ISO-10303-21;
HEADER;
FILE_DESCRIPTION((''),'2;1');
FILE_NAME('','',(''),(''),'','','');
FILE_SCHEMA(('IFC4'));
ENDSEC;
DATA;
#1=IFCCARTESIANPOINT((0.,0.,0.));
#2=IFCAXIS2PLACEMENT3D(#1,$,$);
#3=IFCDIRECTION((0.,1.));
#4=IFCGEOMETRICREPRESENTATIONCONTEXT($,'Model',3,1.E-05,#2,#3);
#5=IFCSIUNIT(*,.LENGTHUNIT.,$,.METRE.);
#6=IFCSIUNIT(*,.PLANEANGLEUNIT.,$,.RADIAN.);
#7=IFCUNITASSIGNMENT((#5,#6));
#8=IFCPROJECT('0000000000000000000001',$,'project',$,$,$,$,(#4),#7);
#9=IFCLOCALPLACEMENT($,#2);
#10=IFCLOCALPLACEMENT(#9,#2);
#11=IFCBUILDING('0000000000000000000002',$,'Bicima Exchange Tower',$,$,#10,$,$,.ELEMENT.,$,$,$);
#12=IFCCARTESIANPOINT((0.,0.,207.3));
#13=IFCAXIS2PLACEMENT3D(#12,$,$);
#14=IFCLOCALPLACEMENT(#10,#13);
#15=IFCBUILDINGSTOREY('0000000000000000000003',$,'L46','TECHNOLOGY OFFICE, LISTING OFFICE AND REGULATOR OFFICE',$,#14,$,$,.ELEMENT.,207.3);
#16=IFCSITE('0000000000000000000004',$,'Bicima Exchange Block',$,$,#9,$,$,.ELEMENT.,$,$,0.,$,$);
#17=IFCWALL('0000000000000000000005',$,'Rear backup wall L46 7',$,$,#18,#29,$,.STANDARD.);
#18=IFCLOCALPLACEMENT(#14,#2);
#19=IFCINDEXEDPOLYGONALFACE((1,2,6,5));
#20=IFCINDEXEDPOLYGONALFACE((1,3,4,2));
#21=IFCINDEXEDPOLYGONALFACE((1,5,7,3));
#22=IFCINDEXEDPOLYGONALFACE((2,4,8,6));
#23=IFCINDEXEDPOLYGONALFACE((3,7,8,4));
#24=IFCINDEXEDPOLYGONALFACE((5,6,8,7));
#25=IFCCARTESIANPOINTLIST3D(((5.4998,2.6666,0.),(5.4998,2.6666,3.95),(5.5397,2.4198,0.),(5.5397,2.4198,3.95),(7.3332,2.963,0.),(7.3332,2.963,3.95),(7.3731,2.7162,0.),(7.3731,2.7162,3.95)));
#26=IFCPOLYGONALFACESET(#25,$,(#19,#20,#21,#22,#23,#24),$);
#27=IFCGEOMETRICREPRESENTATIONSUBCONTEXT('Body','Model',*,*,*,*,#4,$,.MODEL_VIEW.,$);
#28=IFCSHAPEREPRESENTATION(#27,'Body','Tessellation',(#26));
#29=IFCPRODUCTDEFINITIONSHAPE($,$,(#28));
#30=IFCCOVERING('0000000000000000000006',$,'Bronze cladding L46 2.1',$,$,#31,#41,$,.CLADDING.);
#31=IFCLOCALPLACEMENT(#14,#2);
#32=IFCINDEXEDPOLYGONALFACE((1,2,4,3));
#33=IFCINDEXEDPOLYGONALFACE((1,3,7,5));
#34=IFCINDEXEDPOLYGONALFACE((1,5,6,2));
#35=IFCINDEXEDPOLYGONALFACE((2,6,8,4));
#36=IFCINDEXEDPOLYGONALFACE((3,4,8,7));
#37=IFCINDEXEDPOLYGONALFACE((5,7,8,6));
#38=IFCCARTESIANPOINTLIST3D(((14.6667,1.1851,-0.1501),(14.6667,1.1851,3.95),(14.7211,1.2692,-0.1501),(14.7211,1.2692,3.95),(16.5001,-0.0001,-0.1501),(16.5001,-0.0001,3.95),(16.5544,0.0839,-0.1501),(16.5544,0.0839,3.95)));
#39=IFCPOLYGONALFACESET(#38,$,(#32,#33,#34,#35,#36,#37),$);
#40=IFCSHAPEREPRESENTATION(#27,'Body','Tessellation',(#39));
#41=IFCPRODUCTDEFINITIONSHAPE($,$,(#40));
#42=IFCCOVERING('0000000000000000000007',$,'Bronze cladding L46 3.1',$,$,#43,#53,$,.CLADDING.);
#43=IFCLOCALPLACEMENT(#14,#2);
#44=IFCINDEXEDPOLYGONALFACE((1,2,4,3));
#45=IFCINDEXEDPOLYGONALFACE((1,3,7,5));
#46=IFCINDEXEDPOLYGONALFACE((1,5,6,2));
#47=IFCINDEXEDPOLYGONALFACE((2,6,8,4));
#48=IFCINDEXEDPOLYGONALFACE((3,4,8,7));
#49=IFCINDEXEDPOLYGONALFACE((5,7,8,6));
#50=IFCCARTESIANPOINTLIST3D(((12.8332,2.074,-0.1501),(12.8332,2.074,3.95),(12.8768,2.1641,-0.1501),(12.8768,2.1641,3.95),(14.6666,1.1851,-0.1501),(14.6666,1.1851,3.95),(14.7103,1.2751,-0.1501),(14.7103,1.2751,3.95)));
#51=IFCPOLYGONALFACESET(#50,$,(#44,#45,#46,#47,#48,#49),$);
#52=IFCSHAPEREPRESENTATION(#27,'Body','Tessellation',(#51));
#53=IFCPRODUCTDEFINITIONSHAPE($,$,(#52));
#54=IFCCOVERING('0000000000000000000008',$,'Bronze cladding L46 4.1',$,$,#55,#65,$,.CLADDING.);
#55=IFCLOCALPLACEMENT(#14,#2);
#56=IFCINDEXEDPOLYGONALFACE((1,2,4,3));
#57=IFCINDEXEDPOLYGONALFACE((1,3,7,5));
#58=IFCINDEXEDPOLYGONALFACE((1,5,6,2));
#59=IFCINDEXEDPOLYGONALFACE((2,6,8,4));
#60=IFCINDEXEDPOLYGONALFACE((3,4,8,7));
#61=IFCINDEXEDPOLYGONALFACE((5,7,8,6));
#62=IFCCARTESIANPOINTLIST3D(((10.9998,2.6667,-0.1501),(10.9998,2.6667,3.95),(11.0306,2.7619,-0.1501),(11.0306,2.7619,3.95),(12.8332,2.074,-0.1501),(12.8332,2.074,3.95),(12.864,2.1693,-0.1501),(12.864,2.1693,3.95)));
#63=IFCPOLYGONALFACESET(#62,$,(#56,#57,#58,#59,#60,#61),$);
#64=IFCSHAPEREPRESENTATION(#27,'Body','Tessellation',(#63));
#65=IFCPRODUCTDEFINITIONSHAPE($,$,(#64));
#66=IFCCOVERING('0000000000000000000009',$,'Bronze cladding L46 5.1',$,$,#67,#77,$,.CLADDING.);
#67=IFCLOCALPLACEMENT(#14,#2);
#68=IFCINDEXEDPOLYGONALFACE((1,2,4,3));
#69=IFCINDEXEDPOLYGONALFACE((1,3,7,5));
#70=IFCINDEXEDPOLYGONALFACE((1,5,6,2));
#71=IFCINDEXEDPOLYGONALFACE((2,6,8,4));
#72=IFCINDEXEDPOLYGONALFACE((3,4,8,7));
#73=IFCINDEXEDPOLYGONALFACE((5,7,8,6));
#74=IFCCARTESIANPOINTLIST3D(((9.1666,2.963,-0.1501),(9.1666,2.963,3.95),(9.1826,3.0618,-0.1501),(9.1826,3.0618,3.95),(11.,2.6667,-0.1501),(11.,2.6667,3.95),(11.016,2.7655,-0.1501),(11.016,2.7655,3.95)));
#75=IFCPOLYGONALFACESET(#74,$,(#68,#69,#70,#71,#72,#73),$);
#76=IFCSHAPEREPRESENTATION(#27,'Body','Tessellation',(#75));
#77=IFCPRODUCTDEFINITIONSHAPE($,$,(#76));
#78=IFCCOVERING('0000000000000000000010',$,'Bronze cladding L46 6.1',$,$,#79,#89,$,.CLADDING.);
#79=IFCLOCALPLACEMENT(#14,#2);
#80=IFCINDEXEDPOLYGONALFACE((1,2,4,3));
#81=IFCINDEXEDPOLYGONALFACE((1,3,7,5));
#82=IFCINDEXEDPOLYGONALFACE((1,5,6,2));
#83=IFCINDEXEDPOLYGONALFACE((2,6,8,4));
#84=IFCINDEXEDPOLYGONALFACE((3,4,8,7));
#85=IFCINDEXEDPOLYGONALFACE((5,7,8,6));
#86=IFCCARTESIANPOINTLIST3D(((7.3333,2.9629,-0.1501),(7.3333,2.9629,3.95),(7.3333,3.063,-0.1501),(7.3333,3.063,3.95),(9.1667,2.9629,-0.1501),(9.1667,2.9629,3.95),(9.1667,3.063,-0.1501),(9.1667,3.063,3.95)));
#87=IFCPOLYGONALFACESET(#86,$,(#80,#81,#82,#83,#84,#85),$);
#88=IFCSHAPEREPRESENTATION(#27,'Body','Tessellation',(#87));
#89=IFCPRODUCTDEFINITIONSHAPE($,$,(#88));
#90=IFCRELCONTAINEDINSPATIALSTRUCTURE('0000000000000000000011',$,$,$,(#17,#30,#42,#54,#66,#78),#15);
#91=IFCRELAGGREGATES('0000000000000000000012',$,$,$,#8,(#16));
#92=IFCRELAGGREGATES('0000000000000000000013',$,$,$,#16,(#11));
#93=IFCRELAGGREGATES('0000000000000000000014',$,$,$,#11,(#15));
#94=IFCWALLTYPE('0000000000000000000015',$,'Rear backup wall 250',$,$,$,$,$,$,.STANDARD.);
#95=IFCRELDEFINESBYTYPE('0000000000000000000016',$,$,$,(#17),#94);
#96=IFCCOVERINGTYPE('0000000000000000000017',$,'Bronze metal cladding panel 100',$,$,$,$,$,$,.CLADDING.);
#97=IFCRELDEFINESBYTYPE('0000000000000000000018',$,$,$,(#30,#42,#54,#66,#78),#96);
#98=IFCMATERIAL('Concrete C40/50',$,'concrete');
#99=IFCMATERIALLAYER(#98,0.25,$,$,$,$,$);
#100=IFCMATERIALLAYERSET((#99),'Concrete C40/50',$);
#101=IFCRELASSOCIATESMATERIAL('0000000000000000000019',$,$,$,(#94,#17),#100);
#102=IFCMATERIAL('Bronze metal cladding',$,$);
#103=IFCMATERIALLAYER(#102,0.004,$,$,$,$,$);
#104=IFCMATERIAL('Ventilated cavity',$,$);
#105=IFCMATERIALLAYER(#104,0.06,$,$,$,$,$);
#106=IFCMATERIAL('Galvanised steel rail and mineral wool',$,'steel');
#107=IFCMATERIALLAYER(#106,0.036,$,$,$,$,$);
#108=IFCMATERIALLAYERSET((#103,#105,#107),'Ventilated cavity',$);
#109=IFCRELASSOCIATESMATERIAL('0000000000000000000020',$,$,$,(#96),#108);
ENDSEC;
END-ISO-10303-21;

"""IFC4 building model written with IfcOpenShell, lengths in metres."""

from ifc_helpers import new_model, si_unit, direction, frame, frame_2d, origin, origin_2d, place, context, subcontext, project, spatial, rectangle, extrude, material, layer, layer_set, layer_usage, type_object, element, save


model = new_model("IFC4")

# Units and contexts
model_context = context("Model", 3, precision=1e-05, world=origin(), true_north=direction((0.0, 1.0)))
body_context = subcontext(model_context, "Body", "Model", "MODEL_VIEW")
ifc_project = project(units=[si_unit("LENGTHUNIT", "METRE"), si_unit("PLANEANGLEUNIT", "RADIAN")], contexts=[model_context])

# Site, building, storey
site_placement = place(None, origin())
site = spatial("IfcSite", under=ifc_project, at=site_placement, Name="Bicima Exchange Block", CompositionType="ELEMENT", RefElevation=0.0)
building_placement = place(site_placement, origin())
building = spatial("IfcBuilding", under=site, at=building_placement, Name="Bicima Exchange Tower", CompositionType="ELEMENT")
storey_placement = place(building_placement, frame((0.0, 0.0, 207.3)))
storey = spatial("IfcBuildingStorey", under=building, at=storey_placement, Name="L46", Description="TECHNOLOGY OFFICE, LISTING OFFICE AND REGULATOR OFFICE", CompositionType="ELEMENT", Elevation=207.3)

# Wall
ifc_material_1 = material(Name="Concrete C40/50", Category="concrete")
ifc_layer_1 = layer(ifc_material_1, 0.25)
ifc_layer_set_1 = layer_set([ifc_layer_1], Name="Concrete C40/50")
ifc_layer_usage = layer_usage(ifc_layer_set_1, "AXIS2", "POSITIVE", -0.125)
wall_type_1 = type_object("IfcWallType", Name="Rear backup wall 250", PredefinedType="STANDARD", material=ifc_layer_set_1)
wall_1_placement = place(storey_placement, frame((7.3533, 2.8396, 0.0), z_axis=(0.0, 0.0, 1.0), x_axis=(-0.987182, -0.1596, 0.0)))
element("IfcWall", 1, at=wall_1_placement, inside=storey, type_object=wall_type_1, material=ifc_layer_usage, Name="Rear backup wall L46 7", PredefinedType="STANDARD", context=body_context, shape_type="SweptSolid", body=[
    extrude(rectangle(XDim=1.8572, YDim=0.25, at=frame_2d((0.9287, 0.0))), origin(), (0.0, 0.0, 1.0), 3.95),
])

# Coverings
ifc_material_2 = material(Name="Bronze metal cladding")
ifc_layer_2 = layer(ifc_material_2, 0.004)
ifc_material_3 = material(Name="Ventilated cavity")
ifc_layer_3 = layer(ifc_material_3, 0.06)
ifc_material_4 = material(Name="Galvanised steel rail and mineral wool", Category="steel")
ifc_layer_4 = layer(ifc_material_4, 0.036)
ifc_layer_set_2 = layer_set([ifc_layer_2, ifc_layer_3, ifc_layer_4], Name="Ventilated cavity")
covering_type = type_object("IfcCoveringType", Name="Bronze metal cladding panel 100", PredefinedType="CLADDING", material=ifc_layer_set_2)
covering_1_placement = place(storey_placement, frame((15.6106, 0.6345, -0.1501), z_axis=(0.0, 0.0, 1.0), x_axis=(-0.83979, 0.542911, 0.0)))
element("IfcCovering", 2, at=covering_1_placement, inside=storey, type_object=covering_type, Name="Bronze cladding L46 2.1", PredefinedType="CLADDING", context=body_context, shape_type="SweptSolid", body=[
    extrude(rectangle(XDim=2.1831, YDim=0.1001, at=origin_2d()), origin(), (0.0, 0.0, 1.0), 4.1001),
])
covering_2_placement = place(storey_placement, frame((13.7717, 1.6746, -0.1501), z_axis=(0.0, 0.0, 1.0), x_axis=(-0.899818, 0.436265, 0.0)))
element("IfcCovering", 3, at=covering_2_placement, inside=storey, type_object=covering_type, Name="Bronze cladding L46 3.1", PredefinedType="CLADDING", context=body_context, shape_type="SweptSolid", body=[
    extrude(rectangle(XDim=2.0376, YDim=0.1001, at=origin_2d()), origin(), (0.0, 0.0, 1.0), 4.1001),
])
covering_3_placement = place(storey_placement, frame((11.9319, 2.418, -0.1501), z_axis=(0.0, 0.0, 1.0), x_axis=(-0.951525, 0.307573, 0.0)))
element("IfcCovering", 4, at=covering_3_placement, inside=storey, type_object=covering_type, Name="Bronze cladding L46 4.1", PredefinedType="CLADDING", context=body_context, shape_type="SweptSolid", body=[
    extrude(rectangle(XDim=1.9268, YDim=0.1001, at=origin_2d()), origin(), (0.0, 0.0, 1.0), 4.1001),
])
covering_4_placement = place(storey_placement, frame((10.0913, 2.8643, -0.1501), z_axis=(0.0, 0.0, 1.0), x_axis=(-0.98719, 0.15955, 0.0)))
element("IfcCovering", 5, at=covering_4_placement, inside=storey, type_object=covering_type, Name="Bronze cladding L46 5.1", PredefinedType="CLADDING", context=body_context, shape_type="SweptSolid", body=[
    extrude(rectangle(XDim=1.8572, YDim=0.1001, at=origin_2d()), origin(), (0.0, 0.0, 1.0), 4.1001),
])
covering_5_placement = place(storey_placement, frame((8.25, 3.0129, -0.1501), z_axis=(0.0, 0.0, 1.0), x_axis=(-1.0, 0.0, 0.0)))
element("IfcCovering", 6, at=covering_5_placement, inside=storey, type_object=covering_type, Name="Bronze cladding L46 6.1", PredefinedType="CLADDING", context=body_context, shape_type="SweptSolid", body=[
    extrude(rectangle(XDim=1.8335, YDim=0.1001, at=origin_2d()), origin(), (0.0, 0.0, 1.0), 4.1001),
])

save(model, "model.ifc")
